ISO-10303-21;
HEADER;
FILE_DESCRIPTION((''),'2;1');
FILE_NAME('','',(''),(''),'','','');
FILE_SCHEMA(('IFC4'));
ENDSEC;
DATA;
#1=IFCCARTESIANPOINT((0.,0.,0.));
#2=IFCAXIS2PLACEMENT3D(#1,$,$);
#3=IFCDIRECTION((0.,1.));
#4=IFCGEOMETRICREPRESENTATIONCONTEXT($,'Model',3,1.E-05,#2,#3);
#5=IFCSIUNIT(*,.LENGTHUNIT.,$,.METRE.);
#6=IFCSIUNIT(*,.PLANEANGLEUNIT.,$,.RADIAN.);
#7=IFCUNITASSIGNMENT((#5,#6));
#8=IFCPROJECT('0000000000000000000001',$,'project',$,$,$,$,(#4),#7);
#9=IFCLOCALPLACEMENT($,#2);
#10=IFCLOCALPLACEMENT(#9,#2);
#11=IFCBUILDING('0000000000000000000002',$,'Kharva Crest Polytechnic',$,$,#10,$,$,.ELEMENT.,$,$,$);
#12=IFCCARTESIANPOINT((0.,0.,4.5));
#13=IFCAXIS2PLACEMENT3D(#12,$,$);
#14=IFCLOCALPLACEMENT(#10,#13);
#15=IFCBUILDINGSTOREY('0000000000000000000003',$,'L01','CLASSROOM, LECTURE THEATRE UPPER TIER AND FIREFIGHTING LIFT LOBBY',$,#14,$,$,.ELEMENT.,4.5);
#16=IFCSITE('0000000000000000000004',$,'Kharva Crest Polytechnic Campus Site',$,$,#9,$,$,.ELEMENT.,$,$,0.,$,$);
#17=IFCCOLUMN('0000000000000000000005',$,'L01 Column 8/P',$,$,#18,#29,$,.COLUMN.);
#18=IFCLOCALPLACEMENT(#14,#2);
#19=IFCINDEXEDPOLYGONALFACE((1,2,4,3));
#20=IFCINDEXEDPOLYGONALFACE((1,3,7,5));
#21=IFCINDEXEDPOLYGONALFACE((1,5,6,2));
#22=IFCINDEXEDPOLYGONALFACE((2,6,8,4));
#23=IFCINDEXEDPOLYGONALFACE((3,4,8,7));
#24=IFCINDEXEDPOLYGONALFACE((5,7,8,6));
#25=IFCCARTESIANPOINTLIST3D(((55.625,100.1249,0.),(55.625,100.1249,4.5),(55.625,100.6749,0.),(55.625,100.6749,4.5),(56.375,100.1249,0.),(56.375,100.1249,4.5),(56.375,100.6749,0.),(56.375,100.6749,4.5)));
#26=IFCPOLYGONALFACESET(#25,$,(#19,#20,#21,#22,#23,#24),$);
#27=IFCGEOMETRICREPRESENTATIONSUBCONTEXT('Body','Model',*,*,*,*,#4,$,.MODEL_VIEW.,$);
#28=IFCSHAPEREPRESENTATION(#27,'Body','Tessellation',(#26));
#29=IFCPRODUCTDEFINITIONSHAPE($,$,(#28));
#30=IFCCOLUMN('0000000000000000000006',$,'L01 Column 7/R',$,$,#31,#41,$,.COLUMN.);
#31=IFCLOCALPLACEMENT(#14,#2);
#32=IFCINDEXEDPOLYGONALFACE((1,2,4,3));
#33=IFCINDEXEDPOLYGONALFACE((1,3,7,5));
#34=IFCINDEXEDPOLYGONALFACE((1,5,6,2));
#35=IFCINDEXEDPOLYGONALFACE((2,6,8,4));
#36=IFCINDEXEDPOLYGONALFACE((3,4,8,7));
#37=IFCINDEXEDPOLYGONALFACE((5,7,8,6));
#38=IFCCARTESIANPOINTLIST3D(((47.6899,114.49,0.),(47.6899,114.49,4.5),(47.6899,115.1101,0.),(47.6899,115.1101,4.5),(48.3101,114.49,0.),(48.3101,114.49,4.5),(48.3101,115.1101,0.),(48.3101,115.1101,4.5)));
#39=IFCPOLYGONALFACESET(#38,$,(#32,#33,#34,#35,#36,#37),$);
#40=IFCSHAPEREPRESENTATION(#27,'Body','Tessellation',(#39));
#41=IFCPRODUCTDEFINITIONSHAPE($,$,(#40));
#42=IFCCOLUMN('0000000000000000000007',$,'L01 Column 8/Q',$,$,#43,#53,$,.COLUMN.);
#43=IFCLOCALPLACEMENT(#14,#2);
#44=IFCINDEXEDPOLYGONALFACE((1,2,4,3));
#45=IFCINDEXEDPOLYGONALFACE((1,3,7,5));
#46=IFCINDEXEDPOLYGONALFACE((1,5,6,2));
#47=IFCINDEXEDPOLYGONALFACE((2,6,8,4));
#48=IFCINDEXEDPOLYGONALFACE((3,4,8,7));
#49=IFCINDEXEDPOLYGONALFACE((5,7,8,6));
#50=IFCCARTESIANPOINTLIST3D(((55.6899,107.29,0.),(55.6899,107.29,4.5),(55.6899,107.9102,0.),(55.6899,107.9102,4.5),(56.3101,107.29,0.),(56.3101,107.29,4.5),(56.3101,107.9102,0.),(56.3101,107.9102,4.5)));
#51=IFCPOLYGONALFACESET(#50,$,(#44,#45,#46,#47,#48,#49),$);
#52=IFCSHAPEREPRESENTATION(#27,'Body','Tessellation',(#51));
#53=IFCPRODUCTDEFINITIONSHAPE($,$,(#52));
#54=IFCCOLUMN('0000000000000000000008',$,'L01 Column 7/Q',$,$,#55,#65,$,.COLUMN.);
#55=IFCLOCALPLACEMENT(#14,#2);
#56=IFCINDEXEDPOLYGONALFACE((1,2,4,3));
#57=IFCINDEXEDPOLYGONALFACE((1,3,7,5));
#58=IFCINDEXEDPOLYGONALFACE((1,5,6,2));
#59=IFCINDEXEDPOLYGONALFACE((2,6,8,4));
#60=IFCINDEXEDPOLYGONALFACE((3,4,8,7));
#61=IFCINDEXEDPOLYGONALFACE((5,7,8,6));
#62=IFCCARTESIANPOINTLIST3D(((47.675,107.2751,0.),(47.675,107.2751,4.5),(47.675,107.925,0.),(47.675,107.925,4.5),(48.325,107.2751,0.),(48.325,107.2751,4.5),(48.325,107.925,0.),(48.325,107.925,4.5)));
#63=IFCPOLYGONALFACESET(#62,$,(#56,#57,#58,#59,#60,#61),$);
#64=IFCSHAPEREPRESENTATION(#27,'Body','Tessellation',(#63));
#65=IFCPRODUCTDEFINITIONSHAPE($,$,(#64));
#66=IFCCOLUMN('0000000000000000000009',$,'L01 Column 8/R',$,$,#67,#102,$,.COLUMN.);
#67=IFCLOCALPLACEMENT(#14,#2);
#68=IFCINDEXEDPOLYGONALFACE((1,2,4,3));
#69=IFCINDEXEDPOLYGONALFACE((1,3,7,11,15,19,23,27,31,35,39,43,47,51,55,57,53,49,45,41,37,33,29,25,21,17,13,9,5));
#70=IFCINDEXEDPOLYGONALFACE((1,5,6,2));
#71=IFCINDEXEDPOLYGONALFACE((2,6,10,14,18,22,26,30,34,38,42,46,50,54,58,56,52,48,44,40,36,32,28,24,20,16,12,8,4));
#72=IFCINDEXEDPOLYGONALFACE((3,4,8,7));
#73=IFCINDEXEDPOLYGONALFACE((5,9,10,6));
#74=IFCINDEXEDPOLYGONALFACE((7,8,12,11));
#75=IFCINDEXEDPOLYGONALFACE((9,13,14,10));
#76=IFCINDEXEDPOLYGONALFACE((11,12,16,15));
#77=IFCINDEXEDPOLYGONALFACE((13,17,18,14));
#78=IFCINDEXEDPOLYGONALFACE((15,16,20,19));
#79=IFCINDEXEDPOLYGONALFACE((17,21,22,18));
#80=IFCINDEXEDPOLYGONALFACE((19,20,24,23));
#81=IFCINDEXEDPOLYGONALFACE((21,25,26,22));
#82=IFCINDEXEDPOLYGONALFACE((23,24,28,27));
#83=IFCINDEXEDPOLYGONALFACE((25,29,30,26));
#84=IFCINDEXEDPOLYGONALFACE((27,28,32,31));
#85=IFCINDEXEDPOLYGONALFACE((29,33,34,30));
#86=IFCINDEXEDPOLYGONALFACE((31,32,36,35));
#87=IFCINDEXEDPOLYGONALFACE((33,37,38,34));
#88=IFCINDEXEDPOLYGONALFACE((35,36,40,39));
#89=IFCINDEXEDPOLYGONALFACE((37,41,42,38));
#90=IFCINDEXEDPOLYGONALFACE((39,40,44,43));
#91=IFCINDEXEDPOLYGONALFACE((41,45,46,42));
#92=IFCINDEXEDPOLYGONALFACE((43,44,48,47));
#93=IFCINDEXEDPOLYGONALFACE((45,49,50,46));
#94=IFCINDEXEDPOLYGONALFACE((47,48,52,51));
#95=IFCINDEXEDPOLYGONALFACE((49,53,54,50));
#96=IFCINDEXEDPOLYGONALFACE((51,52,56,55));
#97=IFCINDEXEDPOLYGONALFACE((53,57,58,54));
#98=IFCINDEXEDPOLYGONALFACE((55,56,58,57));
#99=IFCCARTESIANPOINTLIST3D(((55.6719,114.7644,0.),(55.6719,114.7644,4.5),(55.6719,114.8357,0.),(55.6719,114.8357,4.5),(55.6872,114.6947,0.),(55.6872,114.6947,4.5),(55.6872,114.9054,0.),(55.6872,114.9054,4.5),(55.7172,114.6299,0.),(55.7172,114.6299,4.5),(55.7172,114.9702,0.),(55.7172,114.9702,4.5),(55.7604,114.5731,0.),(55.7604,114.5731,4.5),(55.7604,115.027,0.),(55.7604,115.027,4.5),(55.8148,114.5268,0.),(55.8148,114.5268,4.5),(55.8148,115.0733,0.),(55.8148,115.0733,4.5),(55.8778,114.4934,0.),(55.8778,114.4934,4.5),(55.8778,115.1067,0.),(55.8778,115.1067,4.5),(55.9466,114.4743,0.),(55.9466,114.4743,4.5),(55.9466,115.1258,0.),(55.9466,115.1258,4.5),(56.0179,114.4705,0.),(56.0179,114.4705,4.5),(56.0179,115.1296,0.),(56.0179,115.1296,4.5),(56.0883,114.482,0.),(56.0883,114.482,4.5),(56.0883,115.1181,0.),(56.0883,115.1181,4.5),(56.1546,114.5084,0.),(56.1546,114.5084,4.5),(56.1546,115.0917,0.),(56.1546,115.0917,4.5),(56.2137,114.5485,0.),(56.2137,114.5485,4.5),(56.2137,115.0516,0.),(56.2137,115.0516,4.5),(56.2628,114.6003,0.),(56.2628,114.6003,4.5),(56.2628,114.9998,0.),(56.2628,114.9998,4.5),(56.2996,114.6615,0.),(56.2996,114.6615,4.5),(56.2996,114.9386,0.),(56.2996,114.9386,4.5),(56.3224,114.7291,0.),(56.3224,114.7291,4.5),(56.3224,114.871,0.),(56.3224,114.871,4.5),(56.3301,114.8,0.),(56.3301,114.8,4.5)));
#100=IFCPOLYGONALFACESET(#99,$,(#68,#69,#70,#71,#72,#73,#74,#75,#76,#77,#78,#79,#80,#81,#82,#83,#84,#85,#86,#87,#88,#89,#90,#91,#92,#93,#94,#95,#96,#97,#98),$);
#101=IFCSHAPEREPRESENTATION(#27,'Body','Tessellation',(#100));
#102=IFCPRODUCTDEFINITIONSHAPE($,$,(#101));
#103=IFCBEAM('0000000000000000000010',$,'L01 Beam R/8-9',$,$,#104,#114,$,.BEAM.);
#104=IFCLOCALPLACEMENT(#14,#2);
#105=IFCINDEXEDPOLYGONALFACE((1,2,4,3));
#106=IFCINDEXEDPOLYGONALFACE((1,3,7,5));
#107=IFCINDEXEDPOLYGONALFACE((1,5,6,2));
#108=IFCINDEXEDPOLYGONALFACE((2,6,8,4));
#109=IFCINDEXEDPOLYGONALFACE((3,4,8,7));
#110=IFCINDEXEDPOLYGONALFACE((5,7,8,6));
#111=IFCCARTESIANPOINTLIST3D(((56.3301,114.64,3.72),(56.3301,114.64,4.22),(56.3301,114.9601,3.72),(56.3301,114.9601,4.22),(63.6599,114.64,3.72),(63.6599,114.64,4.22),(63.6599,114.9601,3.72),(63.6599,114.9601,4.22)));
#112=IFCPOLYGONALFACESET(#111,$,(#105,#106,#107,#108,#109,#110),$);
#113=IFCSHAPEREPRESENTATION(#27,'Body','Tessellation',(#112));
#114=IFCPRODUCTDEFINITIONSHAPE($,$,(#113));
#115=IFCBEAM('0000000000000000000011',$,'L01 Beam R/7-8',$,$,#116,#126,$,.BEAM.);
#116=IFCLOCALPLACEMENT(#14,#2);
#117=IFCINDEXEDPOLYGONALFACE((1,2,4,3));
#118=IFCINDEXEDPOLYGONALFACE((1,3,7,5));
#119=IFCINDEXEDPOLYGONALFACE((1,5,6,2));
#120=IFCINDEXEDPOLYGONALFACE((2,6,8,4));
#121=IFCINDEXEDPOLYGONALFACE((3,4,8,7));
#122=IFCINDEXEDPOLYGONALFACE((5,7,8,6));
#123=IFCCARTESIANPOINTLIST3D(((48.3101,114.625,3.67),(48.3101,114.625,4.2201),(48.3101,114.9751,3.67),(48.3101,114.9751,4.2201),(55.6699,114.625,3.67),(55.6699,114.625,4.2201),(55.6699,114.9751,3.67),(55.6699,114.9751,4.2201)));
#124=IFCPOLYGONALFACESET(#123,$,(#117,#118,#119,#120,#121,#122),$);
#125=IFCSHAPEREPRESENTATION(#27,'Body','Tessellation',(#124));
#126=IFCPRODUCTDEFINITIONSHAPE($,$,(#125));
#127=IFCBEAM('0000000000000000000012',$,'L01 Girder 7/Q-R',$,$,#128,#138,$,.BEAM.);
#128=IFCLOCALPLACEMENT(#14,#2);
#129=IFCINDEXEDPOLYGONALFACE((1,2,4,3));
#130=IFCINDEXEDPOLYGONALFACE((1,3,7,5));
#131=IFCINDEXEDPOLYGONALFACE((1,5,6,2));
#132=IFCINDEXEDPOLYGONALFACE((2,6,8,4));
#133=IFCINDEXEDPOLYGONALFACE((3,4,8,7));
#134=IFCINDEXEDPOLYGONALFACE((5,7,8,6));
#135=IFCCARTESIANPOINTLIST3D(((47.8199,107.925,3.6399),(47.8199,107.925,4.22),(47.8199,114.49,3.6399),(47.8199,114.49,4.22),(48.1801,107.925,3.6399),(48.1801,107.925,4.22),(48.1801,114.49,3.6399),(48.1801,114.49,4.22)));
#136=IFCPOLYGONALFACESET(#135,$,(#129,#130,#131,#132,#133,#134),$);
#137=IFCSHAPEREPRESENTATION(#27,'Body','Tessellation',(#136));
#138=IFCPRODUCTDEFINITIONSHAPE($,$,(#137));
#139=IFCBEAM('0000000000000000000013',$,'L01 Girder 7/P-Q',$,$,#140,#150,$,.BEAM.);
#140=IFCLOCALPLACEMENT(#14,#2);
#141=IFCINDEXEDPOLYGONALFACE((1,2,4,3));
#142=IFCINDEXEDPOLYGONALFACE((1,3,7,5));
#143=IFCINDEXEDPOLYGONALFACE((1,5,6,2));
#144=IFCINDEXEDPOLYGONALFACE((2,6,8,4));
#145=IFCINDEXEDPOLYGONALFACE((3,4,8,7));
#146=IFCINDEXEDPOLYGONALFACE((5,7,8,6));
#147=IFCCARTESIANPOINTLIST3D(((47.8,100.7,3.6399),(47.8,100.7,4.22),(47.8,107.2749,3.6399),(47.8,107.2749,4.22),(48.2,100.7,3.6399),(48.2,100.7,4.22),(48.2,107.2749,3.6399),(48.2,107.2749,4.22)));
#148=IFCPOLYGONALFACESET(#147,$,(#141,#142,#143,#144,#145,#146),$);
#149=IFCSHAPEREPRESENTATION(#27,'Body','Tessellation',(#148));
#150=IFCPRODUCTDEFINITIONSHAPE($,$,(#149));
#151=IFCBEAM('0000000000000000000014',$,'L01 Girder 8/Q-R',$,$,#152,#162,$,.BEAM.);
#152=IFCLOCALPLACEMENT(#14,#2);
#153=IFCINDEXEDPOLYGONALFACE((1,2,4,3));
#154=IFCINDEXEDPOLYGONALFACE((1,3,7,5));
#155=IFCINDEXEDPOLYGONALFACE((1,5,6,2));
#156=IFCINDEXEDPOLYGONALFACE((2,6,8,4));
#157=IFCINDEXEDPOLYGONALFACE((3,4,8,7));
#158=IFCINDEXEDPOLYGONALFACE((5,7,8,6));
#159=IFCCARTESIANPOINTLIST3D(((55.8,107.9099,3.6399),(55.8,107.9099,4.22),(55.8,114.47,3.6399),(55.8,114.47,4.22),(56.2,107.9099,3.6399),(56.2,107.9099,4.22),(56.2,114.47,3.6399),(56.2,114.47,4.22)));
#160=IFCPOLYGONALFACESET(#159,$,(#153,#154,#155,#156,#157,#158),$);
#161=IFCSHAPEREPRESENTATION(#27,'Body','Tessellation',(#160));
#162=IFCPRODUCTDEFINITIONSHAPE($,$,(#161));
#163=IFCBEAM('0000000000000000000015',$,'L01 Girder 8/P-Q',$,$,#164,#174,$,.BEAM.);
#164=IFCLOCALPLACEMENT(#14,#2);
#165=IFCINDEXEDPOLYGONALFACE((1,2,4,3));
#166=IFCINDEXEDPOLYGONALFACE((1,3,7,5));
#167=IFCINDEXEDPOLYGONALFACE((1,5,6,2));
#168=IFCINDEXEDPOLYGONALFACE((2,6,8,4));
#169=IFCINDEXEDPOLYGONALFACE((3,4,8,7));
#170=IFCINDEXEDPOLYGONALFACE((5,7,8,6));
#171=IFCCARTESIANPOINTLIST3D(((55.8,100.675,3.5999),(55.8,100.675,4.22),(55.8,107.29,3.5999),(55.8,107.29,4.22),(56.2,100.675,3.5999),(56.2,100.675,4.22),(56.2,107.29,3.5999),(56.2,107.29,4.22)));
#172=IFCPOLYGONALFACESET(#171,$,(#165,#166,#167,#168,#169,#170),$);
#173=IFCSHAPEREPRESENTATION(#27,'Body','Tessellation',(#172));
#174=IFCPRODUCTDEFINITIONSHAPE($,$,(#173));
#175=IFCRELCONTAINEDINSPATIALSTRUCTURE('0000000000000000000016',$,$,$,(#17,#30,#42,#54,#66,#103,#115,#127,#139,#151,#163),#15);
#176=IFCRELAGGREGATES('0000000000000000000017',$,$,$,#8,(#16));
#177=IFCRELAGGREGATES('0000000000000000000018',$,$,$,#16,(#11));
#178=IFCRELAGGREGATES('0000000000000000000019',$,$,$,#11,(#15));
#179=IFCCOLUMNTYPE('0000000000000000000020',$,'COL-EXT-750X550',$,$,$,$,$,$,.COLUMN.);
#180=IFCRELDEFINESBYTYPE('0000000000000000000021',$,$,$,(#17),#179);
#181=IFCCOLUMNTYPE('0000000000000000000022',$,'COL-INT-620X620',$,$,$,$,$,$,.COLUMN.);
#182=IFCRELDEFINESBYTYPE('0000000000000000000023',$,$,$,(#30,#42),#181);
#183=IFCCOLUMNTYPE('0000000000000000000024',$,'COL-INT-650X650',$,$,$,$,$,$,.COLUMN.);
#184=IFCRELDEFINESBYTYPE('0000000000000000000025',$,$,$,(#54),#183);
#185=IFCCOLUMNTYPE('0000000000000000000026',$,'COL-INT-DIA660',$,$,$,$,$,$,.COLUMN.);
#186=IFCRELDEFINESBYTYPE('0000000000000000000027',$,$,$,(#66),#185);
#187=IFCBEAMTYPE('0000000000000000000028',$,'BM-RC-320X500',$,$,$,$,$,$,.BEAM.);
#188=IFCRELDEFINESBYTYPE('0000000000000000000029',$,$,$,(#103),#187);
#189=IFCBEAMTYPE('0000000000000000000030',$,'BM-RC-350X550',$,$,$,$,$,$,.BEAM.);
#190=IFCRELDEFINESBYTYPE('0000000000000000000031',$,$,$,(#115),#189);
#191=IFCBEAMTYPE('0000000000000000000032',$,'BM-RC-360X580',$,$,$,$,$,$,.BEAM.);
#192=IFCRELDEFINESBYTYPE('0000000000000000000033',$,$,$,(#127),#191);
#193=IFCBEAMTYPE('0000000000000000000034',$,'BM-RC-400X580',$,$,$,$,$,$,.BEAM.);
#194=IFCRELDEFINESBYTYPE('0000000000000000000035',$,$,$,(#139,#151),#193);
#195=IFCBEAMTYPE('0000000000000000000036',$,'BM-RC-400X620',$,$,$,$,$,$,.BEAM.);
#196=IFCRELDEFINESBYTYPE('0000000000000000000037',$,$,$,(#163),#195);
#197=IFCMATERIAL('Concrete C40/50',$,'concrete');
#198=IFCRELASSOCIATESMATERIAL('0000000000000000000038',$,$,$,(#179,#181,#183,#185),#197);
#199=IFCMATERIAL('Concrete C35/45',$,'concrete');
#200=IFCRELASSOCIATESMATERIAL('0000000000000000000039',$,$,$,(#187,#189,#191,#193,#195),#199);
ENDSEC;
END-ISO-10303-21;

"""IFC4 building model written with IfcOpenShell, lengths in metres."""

from ifc_helpers import new_model, si_unit, direction, frame, origin, origin_2d, place, context, subcontext, project, spatial, rectangle, circle, extrude, material, material_profile, profile_set, type_object, element, save


model = new_model("IFC4")

# Units and contexts
model_context = context("Model", 3, precision=1e-05, world=origin(), true_north=direction((0.0, 1.0)))
body_context = subcontext(model_context, "Body", "Model", "MODEL_VIEW")
ifc_project = project(units=[si_unit("LENGTHUNIT", "METRE"), si_unit("PLANEANGLEUNIT", "RADIAN")], contexts=[model_context])

# Site, building, storey
site_placement = place(None, origin())
site = spatial("IfcSite", under=ifc_project, at=site_placement, Name="Kharva Crest Polytechnic Campus Site", CompositionType="ELEMENT", RefElevation=0.0)
building_placement = place(site_placement, origin())
building = spatial("IfcBuilding", under=site, at=building_placement, Name="Kharva Crest Polytechnic", CompositionType="ELEMENT")
storey_placement = place(building_placement, frame((0.0, 0.0, 4.5)))
storey = spatial("IfcBuildingStorey", under=building, at=storey_placement, Name="L01", Description="CLASSROOM, LECTURE THEATRE UPPER TIER AND FIREFIGHTING LIFT LOBBY", CompositionType="ELEMENT", Elevation=4.5)

# Columns
ifc_material_1 = material(Name="Concrete C40/50", Category="concrete")
ifc_material_profile_1 = material_profile(ifc_material_1, rectangle(XDim=0.75, YDim=0.55, at=origin_2d()), Name="RECT 750 X 550")
ifc_profile_set_1 = profile_set([ifc_material_profile_1], Name="Concrete C40/50")
column_type_1 = type_object("IfcColumnType", Name="COL-EXT-750X550", PredefinedType="COLUMN", material=ifc_profile_set_1)
column_1_placement = place(storey_placement, frame((56.0, 100.3999, 0.0), z_axis=(0.0, 0.0, 1.0), x_axis=(1.0, 0.0, 0.0)))
element("IfcColumn", 1, at=column_1_placement, inside=storey, type_object=column_type_1, Name="L01 Column 8/P", PredefinedType="COLUMN", context=body_context, shape_type="SweptSolid", body=[
    extrude(rectangle(XDim=0.75, YDim=0.55, at=origin_2d()), origin(), (0.0, 0.0, 1.0), 4.5),
])
ifc_material_profile_2 = material_profile(ifc_material_1, rectangle(XDim=0.6201, YDim=0.6201, at=origin_2d()), Name="RECT 620 X 620")
ifc_profile_set_2 = profile_set([ifc_material_profile_2], Name="Concrete C40/50")
column_type_2 = type_object("IfcColumnType", Name="COL-INT-620X620", PredefinedType="COLUMN", material=ifc_profile_set_2)
for number, where, z_axis, x_axis, name in (
    (2, (48.0, 114.8, 0.0), (0.0, 0.0, 1.0), (1.0, 0.0, 0.0), "L01 Column 7/R"),
    (3, (56.0, 107.6001, 0.0), (0.0, 0.0, 1.0), (1.0, 0.0, 0.0), "L01 Column 8/Q"),
):
    element("IfcColumn", number, at=place(storey_placement, frame(where, z_axis=z_axis, x_axis=x_axis)), inside=storey, type_object=column_type_2, Name=name, PredefinedType="COLUMN", context=body_context, shape_type="SweptSolid", body=[
        extrude(rectangle(XDim=0.6201, YDim=0.6201, at=origin_2d()), origin(), (0.0, 0.0, 1.0), 4.5),
    ])
ifc_material_profile_3 = material_profile(ifc_material_1, rectangle(XDim=0.6499, YDim=0.6499, at=origin_2d()), Name="RECT 650 X 650")
ifc_profile_set_3 = profile_set([ifc_material_profile_3], Name="Concrete C40/50")
column_type_3 = type_object("IfcColumnType", Name="COL-INT-650X650", PredefinedType="COLUMN", material=ifc_profile_set_3)
column_2_placement = place(storey_placement, frame((48.0, 107.6001, 0.0), z_axis=(0.0, 0.0, 1.0), x_axis=(1.0, 0.0, 0.0)))
element("IfcColumn", 4, at=column_2_placement, inside=storey, type_object=column_type_3, Name="L01 Column 7/Q", PredefinedType="COLUMN", context=body_context, shape_type="SweptSolid", body=[
    extrude(rectangle(XDim=0.6499, YDim=0.6499, at=origin_2d()), origin(), (0.0, 0.0, 1.0), 4.5),
])
ifc_material_profile_4 = material_profile(ifc_material_1, circle(Radius=0.3301, at=origin_2d()), Name="DIA 660")
ifc_profile_set_4 = profile_set([ifc_material_profile_4], Name="Concrete C40/50")
column_type_4 = type_object("IfcColumnType", Name="COL-INT-DIA660", PredefinedType="COLUMN", material=ifc_profile_set_4)
column_3_placement = place(storey_placement, frame((56.0, 114.8, 0.0), z_axis=(0.0, 0.0, 1.0), x_axis=(1.0, 0.0, 0.0)))
element("IfcColumn", 5, at=column_3_placement, inside=storey, type_object=column_type_4, Name="L01 Column 8/R", PredefinedType="COLUMN", context=body_context, shape_type="SweptSolid", body=[
    extrude(circle(Radius=0.3301, at=origin_2d()), origin(), (0.0, 0.0, 1.0), 4.5),
])

# Beams
ifc_material_2 = material(Name="Concrete C35/45", Category="concrete")
ifc_material_profile_5 = material_profile(ifc_material_2, rectangle(XDim=0.3201, YDim=0.5, at=origin_2d()), Name="RECT 320 X 500")
ifc_profile_set_5 = profile_set([ifc_material_profile_5], Name="Concrete C35/45")
beam_type_1 = type_object("IfcBeamType", Name="BM-RC-320X500", PredefinedType="BEAM", material=ifc_profile_set_5)
beam_1_placement = place(storey_placement, frame((56.3301, 114.8, 3.97), z_axis=(1.0, 0.0, 0.0), x_axis=(0.0, 1.0, 0.0)))
element("IfcBeam", 6, at=beam_1_placement, inside=storey, type_object=beam_type_1, Name="L01 Beam R/8-9", PredefinedType="BEAM", context=body_context, shape_type="SweptSolid", body=[
    extrude(rectangle(XDim=0.3201, YDim=0.5, at=origin_2d()), origin(), (0.0, 0.0, 1.0), 7.3298),
])
ifc_material_profile_6 = material_profile(ifc_material_2, rectangle(XDim=0.3501, YDim=0.55, at=origin_2d()), Name="RECT 350 X 550")
ifc_profile_set_6 = profile_set([ifc_material_profile_6], Name="Concrete C35/45")
beam_type_2 = type_object("IfcBeamType", Name="BM-RC-350X550", PredefinedType="BEAM", material=ifc_profile_set_6)
beam_2_placement = place(storey_placement, frame((48.3101, 114.8, 3.9451), z_axis=(1.0, 0.0, 0.0), x_axis=(0.0, 1.0, 0.0)))
element("IfcBeam", 7, at=beam_2_placement, inside=storey, type_object=beam_type_2, Name="L01 Beam R/7-8", PredefinedType="BEAM", context=body_context, shape_type="SweptSolid", body=[
    extrude(rectangle(XDim=0.3501, YDim=0.55, at=origin_2d()), origin(), (0.0, 0.0, 1.0), 7.3599),
])
ifc_material_profile_7 = material_profile(ifc_material_2, rectangle(XDim=0.3601, YDim=0.5801, at=origin_2d()), Name="RECT 360 X 580")
ifc_profile_set_7 = profile_set([ifc_material_profile_7], Name="Concrete C35/45")
beam_type_3 = type_object("IfcBeamType", Name="BM-RC-360X580", PredefinedType="BEAM", material=ifc_profile_set_7)
beam_3_placement = place(storey_placement, frame((48.0, 107.925, 3.9299), z_axis=(0.0, 1.0, 0.0), x_axis=(-1.0, 0.0, 0.0)))
element("IfcBeam", 8, at=beam_3_placement, inside=storey, type_object=beam_type_3, Name="L01 Girder 7/Q-R", PredefinedType="BEAM", context=body_context, shape_type="SweptSolid", body=[
    extrude(rectangle(XDim=0.3601, YDim=0.5801, at=origin_2d()), origin(), (0.0, 0.0, 1.0), 6.5649),
])
ifc_material_profile_8 = material_profile(ifc_material_2, rectangle(XDim=0.3999, YDim=0.5801, at=origin_2d()), Name="RECT 400 X 580")
ifc_profile_set_8 = profile_set([ifc_material_profile_8], Name="Concrete C35/45")
beam_type_4 = type_object("IfcBeamType", Name="BM-RC-400X580", PredefinedType="BEAM", material=ifc_profile_set_8)
beam_4_placement = place(storey_placement, frame((48.0, 100.7, 3.9299), z_axis=(0.0, 1.0, 0.0), x_axis=(-1.0, 0.0, 0.0)))
element("IfcBeam", 9, at=beam_4_placement, inside=storey, type_object=beam_type_4, Name="L01 Girder 7/P-Q", PredefinedType="BEAM", context=body_context, shape_type="SweptSolid", body=[
    extrude(rectangle(XDim=0.3999, YDim=0.5801, at=origin_2d()), origin(), (0.0, 0.0, 1.0), 6.575),
])
beam_5_placement = place(storey_placement, frame((56.0, 107.9099, 3.9299), z_axis=(0.0, 1.0, 0.0), x_axis=(-1.0, 0.0, 0.0)))
element("IfcBeam", 10, at=beam_5_placement, inside=storey, type_object=beam_type_4, Name="L01 Girder 8/Q-R", PredefinedType="BEAM", context=body_context, shape_type="SweptSolid", body=[
    extrude(rectangle(XDim=0.3999, YDim=0.5801, at=origin_2d()), origin(), (0.0, 0.0, 1.0), 6.5601),
])
ifc_material_profile_9 = material_profile(ifc_material_2, rectangle(XDim=0.3999, YDim=0.6201, at=origin_2d()), Name="RECT 400 X 620")
ifc_profile_set_9 = profile_set([ifc_material_profile_9], Name="Concrete C35/45")
beam_type_5 = type_object("IfcBeamType", Name="BM-RC-400X620", PredefinedType="BEAM", material=ifc_profile_set_9)
beam_6_placement = place(storey_placement, frame((56.0, 100.675, 3.9099), z_axis=(0.0, 1.0, 0.0), x_axis=(-1.0, 0.0, 0.0)))
element("IfcBeam", 11, at=beam_6_placement, inside=storey, type_object=beam_type_5, Name="L01 Girder 8/P-Q", PredefinedType="BEAM", context=body_context, shape_type="SweptSolid", body=[
    extrude(rectangle(XDim=0.3999, YDim=0.6201, at=origin_2d()), origin(), (0.0, 0.0, 1.0), 6.615),
])

save(model, "model.ifc")
